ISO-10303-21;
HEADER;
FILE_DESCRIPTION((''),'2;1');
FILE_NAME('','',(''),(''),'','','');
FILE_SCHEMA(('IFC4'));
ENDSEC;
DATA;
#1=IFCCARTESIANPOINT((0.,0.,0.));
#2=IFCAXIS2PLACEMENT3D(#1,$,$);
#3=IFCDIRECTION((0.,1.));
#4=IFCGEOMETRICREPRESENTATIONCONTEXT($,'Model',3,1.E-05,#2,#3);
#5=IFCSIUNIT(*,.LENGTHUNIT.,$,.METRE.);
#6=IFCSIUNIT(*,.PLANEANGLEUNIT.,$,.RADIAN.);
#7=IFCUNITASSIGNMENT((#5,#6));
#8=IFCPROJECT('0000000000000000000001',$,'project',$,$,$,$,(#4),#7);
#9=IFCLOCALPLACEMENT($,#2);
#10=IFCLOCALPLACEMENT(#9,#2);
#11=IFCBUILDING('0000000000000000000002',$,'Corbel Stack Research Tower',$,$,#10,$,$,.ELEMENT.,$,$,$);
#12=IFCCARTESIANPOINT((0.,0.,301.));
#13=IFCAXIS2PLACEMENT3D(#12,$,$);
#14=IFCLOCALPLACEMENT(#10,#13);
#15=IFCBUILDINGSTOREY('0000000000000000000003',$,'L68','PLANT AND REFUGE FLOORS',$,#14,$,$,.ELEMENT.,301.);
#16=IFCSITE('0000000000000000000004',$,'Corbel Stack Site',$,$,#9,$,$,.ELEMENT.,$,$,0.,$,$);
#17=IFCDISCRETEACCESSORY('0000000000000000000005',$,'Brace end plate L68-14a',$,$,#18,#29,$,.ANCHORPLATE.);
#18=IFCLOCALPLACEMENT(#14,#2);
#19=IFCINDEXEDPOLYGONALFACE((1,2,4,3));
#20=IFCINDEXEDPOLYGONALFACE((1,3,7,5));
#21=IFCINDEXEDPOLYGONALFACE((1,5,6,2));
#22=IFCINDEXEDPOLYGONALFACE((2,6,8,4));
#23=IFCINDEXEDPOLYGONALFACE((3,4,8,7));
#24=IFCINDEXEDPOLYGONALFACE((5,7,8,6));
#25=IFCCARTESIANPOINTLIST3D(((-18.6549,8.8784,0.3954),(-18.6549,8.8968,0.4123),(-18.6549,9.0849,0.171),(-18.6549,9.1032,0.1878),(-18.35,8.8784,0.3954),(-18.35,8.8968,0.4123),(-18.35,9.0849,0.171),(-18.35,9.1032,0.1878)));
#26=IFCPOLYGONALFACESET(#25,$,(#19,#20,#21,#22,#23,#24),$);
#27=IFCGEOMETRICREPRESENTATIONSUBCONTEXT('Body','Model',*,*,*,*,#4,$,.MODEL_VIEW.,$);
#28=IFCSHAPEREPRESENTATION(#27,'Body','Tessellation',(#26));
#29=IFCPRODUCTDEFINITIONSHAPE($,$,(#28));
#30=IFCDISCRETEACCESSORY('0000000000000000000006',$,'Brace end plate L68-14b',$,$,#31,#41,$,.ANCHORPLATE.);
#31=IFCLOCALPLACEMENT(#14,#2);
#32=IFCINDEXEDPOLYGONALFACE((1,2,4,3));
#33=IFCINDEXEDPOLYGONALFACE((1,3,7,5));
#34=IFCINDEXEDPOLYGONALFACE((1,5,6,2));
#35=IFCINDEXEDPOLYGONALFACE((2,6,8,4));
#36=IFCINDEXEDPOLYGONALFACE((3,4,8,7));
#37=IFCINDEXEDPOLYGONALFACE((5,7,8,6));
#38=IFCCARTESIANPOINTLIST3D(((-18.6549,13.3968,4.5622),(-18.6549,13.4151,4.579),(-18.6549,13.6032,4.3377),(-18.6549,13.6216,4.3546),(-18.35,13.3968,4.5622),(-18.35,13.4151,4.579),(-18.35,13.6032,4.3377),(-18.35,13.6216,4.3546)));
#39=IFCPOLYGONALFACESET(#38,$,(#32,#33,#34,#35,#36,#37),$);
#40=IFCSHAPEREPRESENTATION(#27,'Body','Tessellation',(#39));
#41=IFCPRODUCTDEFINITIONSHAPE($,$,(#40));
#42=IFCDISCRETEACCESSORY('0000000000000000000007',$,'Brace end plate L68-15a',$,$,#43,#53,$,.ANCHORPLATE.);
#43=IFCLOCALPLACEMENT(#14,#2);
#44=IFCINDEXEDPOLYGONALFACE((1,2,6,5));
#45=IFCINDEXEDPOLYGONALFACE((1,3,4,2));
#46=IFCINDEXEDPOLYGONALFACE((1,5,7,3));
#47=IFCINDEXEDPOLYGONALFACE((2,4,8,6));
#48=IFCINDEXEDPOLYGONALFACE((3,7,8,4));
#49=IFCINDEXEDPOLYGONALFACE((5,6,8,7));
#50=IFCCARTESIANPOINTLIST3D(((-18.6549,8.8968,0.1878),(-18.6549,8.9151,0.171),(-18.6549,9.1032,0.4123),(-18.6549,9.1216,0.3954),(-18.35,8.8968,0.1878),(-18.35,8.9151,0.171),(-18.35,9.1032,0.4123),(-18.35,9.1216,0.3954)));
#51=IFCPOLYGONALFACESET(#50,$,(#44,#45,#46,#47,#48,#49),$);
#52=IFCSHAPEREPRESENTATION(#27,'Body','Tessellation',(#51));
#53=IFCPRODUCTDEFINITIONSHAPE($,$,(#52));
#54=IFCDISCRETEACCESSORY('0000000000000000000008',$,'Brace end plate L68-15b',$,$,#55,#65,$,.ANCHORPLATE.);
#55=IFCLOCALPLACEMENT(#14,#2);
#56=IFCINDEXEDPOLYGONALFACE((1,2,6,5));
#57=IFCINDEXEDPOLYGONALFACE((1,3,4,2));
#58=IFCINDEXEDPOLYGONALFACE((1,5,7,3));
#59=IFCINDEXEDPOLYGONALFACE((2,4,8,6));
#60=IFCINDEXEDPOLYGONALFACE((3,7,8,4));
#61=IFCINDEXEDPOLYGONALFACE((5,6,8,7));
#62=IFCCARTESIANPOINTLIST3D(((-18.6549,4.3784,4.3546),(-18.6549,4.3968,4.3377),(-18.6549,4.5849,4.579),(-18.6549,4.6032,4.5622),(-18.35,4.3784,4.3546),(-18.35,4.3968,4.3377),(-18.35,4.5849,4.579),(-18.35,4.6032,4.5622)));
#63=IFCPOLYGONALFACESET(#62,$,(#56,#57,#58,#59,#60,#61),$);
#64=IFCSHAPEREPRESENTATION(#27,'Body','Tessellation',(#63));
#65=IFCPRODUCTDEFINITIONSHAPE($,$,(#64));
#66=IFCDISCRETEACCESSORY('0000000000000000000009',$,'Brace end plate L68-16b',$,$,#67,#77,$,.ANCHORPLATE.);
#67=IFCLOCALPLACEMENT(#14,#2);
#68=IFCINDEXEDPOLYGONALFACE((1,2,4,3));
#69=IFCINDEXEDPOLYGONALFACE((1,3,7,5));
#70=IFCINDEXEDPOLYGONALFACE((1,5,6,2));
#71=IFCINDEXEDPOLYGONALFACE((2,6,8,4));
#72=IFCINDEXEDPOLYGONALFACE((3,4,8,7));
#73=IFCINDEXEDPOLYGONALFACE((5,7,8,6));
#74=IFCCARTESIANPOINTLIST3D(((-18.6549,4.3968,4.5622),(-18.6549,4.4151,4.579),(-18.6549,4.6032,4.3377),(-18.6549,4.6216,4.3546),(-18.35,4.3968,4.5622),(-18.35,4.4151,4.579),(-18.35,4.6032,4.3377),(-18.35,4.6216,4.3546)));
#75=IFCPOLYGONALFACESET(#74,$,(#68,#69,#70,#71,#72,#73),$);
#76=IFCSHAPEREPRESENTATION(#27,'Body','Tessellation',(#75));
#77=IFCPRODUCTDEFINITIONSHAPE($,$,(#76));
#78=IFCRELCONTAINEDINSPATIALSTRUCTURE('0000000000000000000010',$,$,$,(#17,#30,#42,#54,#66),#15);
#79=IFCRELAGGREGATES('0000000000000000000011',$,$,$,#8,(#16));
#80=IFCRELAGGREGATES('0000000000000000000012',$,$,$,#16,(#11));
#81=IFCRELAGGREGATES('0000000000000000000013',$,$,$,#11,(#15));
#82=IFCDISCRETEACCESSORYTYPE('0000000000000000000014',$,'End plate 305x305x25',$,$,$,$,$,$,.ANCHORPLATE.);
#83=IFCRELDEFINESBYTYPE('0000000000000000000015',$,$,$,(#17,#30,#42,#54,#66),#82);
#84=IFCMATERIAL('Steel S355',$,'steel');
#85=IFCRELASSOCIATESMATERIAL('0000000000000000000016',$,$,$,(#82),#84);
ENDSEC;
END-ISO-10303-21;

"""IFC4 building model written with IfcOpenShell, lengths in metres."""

from ifc_helpers import new_model, si_unit, direction, frame, origin, origin_2d, place, context, subcontext, project, spatial, rectangle, extrude, material, material_profile, profile_set, type_object, element, save


model = new_model("IFC4")

# Units and contexts
model_context = context("Model", 3, precision=1e-05, world=origin(), true_north=direction((0.0, 1.0)))
body_context = subcontext(model_context, "Body", "Model", "MODEL_VIEW")
ifc_project = project(units=[si_unit("LENGTHUNIT", "METRE"), si_unit("PLANEANGLEUNIT", "RADIAN")], contexts=[model_context])

# Site, building, storey
site_placement = place(None, origin())
site = spatial("IfcSite", under=ifc_project, at=site_placement, Name="Corbel Stack Site", CompositionType="ELEMENT", RefElevation=0.0)
building_placement = place(site_placement, origin())
building = spatial("IfcBuilding", under=site, at=building_placement, Name="Corbel Stack Research Tower", CompositionType="ELEMENT")
storey_placement = place(building_placement, frame((0.0, 0.0, 301.0)))
storey = spatial("IfcBuildingStorey", under=building, at=storey_placement, Name="L68", Description="PLANT AND REFUGE FLOORS", CompositionType="ELEMENT", Elevation=301.0)

# Discrete accessories
ifc_material_1 = material(Name="Steel S355", Category="steel")
ifc_material_profile_1 = material_profile(ifc_material_1, rectangle(XDim=0.3049, YDim=0.3049, at=origin_2d()), Name="End plate 305x305x25")
ifc_profile_set_1 = profile_set([ifc_material_profile_1], Name="Steel S355")
discrete_accessory_type = type_object("IfcDiscreteAccessoryType", Name="End plate 305x305x25", PredefinedType="ANCHORPLATE", material=ifc_profile_set_1)
for number, where, z_axis, x_axis, name in (
    (1, (-18.5024, 9.0, 0.3), (0.0, -0.735931, -0.677057), (1.0, 0.0, 0.0), "Brace end plate L68-14a"),
    (2, (-18.5024, 13.5, 4.45), (0.0, 0.735931, 0.677057), (-1.0, 0.0, 0.0), "Brace end plate L68-14b"),
    (3, (-18.5024, 9.0, 0.3), (0.0, 0.735931, -0.677057), (-1.0, 0.0, 0.0), "Brace end plate L68-15a"),
    (4, (-18.5024, 4.5, 4.45), (0.0, -0.735931, 0.677057), (1.0, 0.0, 0.0), "Brace end plate L68-15b"),
    (5, (-18.5024, 4.5, 4.45), (0.0, 0.735931, 0.677057), (-1.0, 0.0, 0.0), "Brace end plate L68-16b"),
):
    element("IfcDiscreteAccessory", number, at=place(storey_placement, frame(where, z_axis=z_axis, x_axis=x_axis)), inside=storey, type_object=discrete_accessory_type, Name=name, PredefinedType="ANCHORPLATE", context=body_context, shape_type="SweptSolid", body=[
        extrude(rectangle(XDim=0.3049, YDim=0.3049, at=origin_2d()), origin(), (0.0, 0.0, 1.0), 0.0249),
    ])

save(model, "model.ifc")
